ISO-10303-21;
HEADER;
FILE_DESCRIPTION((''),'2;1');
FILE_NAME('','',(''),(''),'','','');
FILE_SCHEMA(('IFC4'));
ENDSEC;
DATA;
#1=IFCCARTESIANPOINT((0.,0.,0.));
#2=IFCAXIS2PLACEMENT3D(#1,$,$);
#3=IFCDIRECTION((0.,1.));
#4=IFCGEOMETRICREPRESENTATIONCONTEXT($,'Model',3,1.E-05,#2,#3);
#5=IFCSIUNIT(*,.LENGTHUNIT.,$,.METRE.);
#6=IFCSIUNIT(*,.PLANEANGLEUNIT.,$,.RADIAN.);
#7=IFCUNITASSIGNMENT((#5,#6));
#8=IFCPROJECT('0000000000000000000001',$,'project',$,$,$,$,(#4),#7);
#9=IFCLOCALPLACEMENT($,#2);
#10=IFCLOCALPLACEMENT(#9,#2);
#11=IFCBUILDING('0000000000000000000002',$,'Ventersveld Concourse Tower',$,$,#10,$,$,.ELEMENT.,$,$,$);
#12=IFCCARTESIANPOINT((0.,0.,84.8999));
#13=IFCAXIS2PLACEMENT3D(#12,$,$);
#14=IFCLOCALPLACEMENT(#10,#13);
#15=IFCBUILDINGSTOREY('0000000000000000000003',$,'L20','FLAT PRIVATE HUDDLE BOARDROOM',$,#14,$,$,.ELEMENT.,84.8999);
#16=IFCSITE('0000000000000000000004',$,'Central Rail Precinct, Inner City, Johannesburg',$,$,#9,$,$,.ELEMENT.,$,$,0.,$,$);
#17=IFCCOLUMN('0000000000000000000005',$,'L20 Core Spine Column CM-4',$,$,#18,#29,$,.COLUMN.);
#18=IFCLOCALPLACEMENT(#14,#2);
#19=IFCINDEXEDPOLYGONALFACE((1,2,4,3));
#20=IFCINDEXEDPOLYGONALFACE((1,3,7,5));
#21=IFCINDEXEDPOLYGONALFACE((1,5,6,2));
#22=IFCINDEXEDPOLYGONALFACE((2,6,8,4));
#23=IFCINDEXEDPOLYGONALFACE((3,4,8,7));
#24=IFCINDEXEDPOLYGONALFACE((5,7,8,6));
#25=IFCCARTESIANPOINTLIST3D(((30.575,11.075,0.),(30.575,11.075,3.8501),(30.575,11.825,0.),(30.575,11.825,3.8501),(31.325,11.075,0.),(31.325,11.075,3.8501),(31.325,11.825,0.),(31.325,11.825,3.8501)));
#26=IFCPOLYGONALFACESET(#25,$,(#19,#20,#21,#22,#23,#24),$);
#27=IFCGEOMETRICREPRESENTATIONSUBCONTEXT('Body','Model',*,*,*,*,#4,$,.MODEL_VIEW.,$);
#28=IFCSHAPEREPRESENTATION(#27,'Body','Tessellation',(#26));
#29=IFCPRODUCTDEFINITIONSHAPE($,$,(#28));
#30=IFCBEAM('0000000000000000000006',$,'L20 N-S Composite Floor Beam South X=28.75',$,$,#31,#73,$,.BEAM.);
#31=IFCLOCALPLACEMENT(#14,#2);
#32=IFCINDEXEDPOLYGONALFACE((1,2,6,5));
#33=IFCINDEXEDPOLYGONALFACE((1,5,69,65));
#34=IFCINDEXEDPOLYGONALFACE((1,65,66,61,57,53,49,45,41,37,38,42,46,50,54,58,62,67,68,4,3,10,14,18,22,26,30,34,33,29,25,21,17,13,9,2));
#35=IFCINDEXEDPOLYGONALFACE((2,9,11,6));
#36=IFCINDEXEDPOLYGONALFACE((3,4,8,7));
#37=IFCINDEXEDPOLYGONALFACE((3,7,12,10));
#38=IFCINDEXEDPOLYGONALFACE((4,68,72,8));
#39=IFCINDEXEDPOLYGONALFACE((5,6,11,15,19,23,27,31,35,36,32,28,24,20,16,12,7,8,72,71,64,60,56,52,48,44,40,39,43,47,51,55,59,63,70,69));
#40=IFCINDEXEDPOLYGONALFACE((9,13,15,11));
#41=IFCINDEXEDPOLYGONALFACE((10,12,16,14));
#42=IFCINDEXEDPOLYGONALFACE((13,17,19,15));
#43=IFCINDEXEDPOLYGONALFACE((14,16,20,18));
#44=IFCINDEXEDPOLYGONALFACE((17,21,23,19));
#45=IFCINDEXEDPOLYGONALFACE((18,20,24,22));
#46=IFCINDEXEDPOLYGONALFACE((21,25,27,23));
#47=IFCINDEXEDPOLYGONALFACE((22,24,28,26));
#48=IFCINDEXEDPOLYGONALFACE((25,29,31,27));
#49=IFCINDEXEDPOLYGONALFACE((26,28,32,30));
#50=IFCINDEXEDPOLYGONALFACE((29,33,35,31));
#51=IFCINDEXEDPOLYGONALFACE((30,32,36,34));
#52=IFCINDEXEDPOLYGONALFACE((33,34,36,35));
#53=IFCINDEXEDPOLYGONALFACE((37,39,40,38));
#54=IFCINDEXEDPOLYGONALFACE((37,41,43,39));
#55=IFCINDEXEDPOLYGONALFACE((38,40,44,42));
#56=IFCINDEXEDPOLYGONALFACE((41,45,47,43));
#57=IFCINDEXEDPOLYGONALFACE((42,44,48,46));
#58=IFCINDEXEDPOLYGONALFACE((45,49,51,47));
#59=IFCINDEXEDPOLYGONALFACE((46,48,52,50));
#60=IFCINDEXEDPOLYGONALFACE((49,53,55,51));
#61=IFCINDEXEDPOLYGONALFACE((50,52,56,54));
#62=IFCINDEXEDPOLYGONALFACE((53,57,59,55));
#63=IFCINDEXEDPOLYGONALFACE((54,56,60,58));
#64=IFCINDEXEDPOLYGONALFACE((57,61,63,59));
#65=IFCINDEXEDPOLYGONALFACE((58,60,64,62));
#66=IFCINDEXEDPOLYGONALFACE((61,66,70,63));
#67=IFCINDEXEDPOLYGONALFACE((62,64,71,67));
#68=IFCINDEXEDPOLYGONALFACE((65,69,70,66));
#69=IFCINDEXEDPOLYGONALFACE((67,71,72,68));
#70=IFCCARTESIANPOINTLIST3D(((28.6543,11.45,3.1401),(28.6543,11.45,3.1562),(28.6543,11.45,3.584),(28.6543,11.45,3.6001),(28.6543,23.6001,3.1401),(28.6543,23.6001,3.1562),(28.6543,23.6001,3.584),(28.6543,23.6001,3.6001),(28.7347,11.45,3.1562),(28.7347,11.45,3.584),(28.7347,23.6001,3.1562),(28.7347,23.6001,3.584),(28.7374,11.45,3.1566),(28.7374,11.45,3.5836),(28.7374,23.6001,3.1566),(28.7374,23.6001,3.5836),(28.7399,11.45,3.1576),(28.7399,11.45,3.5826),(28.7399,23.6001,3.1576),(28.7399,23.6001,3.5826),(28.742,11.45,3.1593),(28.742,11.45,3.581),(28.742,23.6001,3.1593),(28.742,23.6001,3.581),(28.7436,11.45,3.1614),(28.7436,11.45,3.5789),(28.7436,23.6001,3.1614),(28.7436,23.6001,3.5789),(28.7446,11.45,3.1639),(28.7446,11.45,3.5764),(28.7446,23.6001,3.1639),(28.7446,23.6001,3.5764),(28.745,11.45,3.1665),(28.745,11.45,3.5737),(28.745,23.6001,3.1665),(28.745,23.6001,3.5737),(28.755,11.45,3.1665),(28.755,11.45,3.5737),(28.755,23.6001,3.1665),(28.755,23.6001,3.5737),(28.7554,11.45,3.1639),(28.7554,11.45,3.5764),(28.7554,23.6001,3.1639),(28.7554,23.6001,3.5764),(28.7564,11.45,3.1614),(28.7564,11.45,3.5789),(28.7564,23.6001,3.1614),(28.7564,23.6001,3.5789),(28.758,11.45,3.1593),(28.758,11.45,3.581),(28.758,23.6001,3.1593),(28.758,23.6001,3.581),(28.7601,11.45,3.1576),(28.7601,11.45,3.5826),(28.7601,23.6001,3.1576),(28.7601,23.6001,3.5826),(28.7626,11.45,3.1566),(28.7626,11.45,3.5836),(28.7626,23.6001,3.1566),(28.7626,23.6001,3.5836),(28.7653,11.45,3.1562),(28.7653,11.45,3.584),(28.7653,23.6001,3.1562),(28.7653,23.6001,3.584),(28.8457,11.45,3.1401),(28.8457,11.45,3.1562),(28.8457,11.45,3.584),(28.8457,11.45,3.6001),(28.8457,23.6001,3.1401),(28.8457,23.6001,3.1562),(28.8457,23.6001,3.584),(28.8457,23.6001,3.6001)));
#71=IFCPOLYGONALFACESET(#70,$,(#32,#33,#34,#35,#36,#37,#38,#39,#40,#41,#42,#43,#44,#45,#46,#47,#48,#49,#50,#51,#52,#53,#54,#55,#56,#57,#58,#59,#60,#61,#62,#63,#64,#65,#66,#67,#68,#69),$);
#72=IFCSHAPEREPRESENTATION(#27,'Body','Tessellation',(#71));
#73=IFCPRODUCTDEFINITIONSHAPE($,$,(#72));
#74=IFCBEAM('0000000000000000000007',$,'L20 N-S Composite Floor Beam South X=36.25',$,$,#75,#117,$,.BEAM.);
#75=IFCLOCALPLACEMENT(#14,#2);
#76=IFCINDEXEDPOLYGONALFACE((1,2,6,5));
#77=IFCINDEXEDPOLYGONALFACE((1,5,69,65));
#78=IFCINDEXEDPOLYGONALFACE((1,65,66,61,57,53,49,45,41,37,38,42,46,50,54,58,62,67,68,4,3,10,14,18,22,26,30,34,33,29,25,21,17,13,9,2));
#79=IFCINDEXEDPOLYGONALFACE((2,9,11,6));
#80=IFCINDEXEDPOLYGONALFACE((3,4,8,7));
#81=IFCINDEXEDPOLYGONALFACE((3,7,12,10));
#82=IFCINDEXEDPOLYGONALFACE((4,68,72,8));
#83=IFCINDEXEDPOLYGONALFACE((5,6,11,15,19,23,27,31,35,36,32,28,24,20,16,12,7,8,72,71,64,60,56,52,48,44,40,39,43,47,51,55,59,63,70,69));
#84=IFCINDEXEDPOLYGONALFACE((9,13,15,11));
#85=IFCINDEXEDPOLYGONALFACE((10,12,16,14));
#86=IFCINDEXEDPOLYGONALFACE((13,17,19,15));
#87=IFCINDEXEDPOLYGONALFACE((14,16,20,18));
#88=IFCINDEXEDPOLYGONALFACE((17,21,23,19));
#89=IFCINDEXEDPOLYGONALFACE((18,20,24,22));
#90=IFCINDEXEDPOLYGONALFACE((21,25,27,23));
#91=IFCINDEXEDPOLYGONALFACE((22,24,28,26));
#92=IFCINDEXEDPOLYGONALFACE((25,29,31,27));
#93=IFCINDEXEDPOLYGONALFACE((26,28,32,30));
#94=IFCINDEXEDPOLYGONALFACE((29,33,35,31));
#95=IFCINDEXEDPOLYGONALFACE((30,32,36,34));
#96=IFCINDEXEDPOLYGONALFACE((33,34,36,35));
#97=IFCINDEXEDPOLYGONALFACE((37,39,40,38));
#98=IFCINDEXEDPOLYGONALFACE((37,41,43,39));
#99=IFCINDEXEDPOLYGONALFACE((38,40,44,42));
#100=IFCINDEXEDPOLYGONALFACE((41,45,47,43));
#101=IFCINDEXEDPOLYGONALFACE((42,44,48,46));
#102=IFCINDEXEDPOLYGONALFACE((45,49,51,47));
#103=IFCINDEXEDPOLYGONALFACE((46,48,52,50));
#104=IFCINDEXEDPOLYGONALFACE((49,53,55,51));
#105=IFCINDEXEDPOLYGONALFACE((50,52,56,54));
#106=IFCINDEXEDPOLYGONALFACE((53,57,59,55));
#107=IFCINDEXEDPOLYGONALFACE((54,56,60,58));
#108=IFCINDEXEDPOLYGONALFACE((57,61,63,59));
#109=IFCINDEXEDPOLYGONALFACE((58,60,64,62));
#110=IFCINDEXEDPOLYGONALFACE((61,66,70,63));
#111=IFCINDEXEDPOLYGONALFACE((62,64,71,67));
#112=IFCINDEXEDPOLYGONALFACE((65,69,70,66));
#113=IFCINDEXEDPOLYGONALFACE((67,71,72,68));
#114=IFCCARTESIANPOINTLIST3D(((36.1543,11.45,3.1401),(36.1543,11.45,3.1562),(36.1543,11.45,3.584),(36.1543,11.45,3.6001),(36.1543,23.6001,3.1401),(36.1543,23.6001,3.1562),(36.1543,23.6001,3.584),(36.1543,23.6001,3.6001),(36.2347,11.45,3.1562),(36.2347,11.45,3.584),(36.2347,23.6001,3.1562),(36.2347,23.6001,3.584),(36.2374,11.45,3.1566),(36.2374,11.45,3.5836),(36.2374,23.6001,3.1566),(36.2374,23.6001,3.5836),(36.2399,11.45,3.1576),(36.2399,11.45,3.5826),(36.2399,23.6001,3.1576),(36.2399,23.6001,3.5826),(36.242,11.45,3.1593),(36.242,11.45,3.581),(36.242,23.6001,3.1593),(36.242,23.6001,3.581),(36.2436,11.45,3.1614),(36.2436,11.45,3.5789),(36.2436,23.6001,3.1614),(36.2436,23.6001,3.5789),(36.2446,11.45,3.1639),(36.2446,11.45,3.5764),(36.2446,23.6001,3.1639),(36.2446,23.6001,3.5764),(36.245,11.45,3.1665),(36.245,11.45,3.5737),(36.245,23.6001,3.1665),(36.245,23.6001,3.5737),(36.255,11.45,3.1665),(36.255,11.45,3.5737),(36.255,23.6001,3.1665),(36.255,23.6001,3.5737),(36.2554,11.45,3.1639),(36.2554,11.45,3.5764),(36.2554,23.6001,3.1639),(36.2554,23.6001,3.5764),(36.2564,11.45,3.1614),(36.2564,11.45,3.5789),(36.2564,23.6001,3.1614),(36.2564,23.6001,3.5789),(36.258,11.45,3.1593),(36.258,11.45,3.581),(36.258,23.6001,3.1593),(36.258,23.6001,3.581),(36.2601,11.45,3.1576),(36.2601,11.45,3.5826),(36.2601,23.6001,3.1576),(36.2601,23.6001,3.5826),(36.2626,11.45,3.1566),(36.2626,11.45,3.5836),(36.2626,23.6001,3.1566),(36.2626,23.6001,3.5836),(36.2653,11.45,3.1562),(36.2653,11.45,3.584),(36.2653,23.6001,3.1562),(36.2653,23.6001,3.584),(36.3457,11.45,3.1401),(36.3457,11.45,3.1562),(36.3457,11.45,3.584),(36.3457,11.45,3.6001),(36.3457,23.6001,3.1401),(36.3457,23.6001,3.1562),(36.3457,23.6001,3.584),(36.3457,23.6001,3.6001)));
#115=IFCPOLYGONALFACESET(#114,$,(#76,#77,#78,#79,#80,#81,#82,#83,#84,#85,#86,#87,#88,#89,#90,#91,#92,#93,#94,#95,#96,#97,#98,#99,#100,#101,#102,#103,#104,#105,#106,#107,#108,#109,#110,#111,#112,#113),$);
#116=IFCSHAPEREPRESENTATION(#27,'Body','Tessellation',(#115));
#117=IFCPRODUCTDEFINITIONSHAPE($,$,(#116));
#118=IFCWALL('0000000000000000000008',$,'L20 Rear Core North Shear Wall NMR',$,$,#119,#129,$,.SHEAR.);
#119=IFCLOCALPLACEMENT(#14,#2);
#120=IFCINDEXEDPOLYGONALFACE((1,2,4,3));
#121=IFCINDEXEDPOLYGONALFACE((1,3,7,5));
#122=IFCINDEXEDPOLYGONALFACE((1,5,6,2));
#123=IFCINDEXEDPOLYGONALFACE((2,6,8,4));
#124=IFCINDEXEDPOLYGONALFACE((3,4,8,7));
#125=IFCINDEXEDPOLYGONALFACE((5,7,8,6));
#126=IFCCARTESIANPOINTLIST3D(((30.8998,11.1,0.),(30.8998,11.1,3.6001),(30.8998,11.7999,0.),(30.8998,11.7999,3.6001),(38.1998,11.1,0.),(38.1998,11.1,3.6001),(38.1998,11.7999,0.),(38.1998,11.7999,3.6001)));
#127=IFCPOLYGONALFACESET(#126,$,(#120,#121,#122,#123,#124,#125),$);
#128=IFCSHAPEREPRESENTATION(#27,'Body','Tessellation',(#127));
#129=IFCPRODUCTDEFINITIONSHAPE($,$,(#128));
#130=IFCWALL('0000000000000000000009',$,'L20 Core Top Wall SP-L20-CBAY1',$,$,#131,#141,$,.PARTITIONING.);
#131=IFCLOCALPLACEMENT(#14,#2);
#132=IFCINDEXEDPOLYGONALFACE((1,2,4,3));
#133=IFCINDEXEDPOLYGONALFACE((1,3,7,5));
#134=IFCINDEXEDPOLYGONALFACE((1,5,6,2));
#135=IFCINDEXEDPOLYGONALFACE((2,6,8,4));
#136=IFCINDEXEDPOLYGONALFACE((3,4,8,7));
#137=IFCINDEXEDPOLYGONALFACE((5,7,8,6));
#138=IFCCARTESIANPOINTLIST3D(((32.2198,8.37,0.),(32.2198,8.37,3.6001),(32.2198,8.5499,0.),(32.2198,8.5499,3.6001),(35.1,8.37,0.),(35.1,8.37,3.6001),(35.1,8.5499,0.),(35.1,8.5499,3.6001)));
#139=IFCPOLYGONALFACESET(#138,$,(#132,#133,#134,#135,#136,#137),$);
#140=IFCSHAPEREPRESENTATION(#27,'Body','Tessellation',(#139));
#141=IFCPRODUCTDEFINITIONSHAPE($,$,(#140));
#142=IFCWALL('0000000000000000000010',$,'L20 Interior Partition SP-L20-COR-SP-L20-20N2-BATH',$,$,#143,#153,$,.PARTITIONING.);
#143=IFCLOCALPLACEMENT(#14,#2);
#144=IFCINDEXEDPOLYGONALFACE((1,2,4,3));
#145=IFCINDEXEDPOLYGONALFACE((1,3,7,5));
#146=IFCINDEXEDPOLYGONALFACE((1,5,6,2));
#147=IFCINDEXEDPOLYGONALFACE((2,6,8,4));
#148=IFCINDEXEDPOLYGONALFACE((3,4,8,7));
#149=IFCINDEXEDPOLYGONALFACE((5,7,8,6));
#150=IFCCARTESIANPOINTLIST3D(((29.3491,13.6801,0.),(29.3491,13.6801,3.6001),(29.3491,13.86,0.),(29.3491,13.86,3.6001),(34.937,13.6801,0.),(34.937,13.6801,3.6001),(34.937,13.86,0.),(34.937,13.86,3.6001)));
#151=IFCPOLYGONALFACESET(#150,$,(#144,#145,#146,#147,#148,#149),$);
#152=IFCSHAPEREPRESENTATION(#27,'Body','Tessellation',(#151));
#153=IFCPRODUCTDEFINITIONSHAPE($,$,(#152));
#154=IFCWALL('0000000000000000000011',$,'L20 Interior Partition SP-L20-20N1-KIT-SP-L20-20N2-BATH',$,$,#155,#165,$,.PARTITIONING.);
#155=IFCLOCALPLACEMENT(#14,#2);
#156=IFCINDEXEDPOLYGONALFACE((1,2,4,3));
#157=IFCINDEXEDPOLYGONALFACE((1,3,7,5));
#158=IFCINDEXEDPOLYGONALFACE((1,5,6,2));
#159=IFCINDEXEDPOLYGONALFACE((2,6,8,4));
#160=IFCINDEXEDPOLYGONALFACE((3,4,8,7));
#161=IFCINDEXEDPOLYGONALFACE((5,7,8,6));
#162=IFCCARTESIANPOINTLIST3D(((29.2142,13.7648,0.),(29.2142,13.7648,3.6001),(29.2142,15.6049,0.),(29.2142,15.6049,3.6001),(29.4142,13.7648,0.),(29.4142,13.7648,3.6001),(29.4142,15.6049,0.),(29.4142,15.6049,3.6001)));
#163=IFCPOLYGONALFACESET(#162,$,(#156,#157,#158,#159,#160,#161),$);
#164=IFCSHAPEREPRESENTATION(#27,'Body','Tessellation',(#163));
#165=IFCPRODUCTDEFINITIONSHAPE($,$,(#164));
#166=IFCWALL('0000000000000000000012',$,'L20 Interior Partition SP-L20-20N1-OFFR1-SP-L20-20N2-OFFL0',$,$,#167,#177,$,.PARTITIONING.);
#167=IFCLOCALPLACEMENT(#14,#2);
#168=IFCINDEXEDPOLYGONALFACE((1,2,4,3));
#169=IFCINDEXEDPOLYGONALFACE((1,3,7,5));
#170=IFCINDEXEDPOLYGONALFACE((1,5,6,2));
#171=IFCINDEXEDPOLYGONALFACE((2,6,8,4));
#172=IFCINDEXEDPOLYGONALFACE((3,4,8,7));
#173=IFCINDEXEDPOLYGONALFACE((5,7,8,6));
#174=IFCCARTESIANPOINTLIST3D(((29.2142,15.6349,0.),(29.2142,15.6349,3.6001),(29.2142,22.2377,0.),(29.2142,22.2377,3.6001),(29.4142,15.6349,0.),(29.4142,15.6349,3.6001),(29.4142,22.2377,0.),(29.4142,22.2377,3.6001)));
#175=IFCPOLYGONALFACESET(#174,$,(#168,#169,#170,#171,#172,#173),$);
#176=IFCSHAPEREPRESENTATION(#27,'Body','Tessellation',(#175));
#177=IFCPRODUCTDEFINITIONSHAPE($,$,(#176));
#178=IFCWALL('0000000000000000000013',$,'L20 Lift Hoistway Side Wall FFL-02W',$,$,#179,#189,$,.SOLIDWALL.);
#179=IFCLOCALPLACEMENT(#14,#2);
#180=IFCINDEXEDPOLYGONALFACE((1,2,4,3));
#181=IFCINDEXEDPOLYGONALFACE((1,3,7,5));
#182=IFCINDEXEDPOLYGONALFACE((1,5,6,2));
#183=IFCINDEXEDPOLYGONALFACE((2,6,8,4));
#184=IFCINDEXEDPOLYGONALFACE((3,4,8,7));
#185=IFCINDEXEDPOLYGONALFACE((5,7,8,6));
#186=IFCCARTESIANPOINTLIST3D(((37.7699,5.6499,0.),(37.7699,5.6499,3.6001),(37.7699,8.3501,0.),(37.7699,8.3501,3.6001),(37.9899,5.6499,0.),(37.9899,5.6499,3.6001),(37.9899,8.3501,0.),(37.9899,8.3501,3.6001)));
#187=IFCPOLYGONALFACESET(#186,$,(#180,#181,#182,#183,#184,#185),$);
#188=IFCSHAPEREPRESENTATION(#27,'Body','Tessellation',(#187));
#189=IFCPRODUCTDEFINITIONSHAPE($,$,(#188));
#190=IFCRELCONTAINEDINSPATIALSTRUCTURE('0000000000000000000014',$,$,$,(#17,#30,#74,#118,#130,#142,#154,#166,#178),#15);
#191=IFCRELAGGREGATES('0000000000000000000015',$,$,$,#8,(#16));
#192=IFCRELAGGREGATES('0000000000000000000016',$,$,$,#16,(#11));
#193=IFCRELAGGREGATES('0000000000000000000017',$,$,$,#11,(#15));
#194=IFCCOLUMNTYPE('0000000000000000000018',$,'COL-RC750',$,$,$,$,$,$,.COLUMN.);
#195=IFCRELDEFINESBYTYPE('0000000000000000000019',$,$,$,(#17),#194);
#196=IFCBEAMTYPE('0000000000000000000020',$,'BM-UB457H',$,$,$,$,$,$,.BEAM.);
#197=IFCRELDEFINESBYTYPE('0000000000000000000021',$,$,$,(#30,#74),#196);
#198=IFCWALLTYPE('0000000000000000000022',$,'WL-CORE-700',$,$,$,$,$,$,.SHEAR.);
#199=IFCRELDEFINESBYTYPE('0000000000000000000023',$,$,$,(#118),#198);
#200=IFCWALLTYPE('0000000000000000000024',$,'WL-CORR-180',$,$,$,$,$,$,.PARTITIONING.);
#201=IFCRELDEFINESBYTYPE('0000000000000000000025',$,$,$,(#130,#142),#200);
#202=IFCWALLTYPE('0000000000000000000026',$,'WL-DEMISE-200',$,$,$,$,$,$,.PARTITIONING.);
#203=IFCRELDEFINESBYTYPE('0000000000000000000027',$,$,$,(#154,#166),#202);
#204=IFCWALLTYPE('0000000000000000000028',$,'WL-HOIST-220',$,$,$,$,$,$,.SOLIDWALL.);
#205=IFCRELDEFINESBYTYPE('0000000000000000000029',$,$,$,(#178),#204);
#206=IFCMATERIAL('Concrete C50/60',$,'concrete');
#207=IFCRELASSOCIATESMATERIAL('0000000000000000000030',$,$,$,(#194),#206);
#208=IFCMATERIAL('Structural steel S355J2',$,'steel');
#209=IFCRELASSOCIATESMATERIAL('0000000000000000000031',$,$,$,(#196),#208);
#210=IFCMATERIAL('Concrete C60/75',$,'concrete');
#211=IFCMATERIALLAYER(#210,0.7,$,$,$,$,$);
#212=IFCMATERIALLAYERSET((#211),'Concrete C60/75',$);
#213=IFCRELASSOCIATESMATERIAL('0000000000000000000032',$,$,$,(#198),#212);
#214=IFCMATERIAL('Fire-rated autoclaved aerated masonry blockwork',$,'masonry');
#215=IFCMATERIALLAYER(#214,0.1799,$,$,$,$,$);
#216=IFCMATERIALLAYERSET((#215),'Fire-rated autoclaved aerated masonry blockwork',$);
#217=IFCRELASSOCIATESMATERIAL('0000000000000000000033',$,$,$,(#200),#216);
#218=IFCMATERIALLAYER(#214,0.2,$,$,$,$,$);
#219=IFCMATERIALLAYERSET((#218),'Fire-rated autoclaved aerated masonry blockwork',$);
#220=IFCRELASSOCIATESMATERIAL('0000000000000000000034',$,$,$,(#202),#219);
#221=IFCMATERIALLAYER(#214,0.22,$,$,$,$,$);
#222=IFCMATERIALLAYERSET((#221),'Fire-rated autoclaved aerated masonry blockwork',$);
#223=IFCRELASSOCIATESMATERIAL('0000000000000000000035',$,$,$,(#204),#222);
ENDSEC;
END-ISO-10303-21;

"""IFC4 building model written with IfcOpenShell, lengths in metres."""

from ifc_helpers import new_model, si_unit, direction, frame, frame_2d, origin, origin_2d, place, context, subcontext, project, spatial, rectangle, i_section, extrude, material, layer, layer_set, material_profile, profile_set, type_object, element, save


model = new_model("IFC4")

# Units and contexts
model_context = context("Model", 3, precision=1e-05, world=origin(), true_north=direction((0.0, 1.0)))
body_context = subcontext(model_context, "Body", "Model", "MODEL_VIEW")
ifc_project = project(units=[si_unit("LENGTHUNIT", "METRE"), si_unit("PLANEANGLEUNIT", "RADIAN")], contexts=[model_context])

# Site, building, storey
site_placement = place(None, origin())
site = spatial("IfcSite", under=ifc_project, at=site_placement, Name="Central Rail Precinct, Inner City, Johannesburg", CompositionType="ELEMENT", RefElevation=0.0)
building_placement = place(site_placement, origin())
building = spatial("IfcBuilding", under=site, at=building_placement, Name="Ventersveld Concourse Tower", CompositionType="ELEMENT")
storey_placement = place(building_placement, frame((0.0, 0.0, 84.8999)))
storey = spatial("IfcBuildingStorey", under=building, at=storey_placement, Name="L20", Description="FLAT PRIVATE HUDDLE BOARDROOM", CompositionType="ELEMENT", Elevation=84.8999)

# Column
ifc_material_1 = material(Name="Concrete C50/60", Category="concrete")
ifc_material_profile_1 = material_profile(ifc_material_1, rectangle(XDim=0.75, YDim=0.75, at=origin_2d()), Name="RC 750x750")
ifc_profile_set_1 = profile_set([ifc_material_profile_1], Name="Concrete C50/60")
column_type = type_object("IfcColumnType", Name="COL-RC750", PredefinedType="COLUMN", material=ifc_profile_set_1)
column_placement = place(storey_placement, frame((30.95, 11.45, 0.0), z_axis=(0.0, 0.0, 1.0), x_axis=(1.0, 0.0, 0.0)))
element("IfcColumn", 1, at=column_placement, inside=storey, type_object=column_type, Name="L20 Core Spine Column CM-4", PredefinedType="COLUMN", context=body_context, shape_type="SweptSolid", body=[
    extrude(rectangle(XDim=0.75, YDim=0.75, at=origin_2d()), origin(), (0.0, 0.0, 1.0), 3.8501),
])

# Beams
ifc_material_2 = material(Name="Structural steel S355J2", Category="steel")
ifc_material_profile_2 = material_profile(ifc_material_2, i_section(OverallWidth=0.1914, OverallDepth=0.46, WebThickness=0.01, FlangeThickness=0.0161, FilletRadius=0.0103, at=origin_2d()), Name="UB 457x191x82")
ifc_profile_set_2 = profile_set([ifc_material_profile_2], Name="Structural steel S355J2")
beam_type = type_object("IfcBeamType", Name="BM-UB457H", PredefinedType="BEAM", material=ifc_profile_set_2)
for number, where, z_axis, x_axis, name in (
    (2, (28.75, 11.45, 3.3701), (0.0, 1.0, 0.0), (-1.0, 0.0, 0.0), "L20 N-S Composite Floor Beam South X=28.75"),
    (3, (36.25, 11.45, 3.3701), (0.0, 1.0, 0.0), (-1.0, 0.0, 0.0), "L20 N-S Composite Floor Beam South X=36.25"),
):
    element("IfcBeam", number, at=place(storey_placement, frame(where, z_axis=z_axis, x_axis=x_axis)), inside=storey, type_object=beam_type, Name=name, PredefinedType="BEAM", context=body_context, shape_type="SweptSolid", body=[
        extrude(i_section(OverallWidth=0.1914, OverallDepth=0.46, WebThickness=0.01, FlangeThickness=0.0161, FilletRadius=0.0103, at=origin_2d()), origin(), (0.0, 0.0, 1.0), 12.1501),
    ])

# Wall
ifc_material_3 = material(Name="Concrete C60/75", Category="concrete")
ifc_layer_1 = layer(ifc_material_3, 0.7)
ifc_layer_set_1 = layer_set([ifc_layer_1], Name="Concrete C60/75")
wall_type_1 = type_object("IfcWallType", Name="WL-CORE-700", PredefinedType="SHEAR", material=ifc_layer_set_1)
wall_1_placement = place(storey_placement, frame((30.8999, 11.45, 0.0), z_axis=(0.0, 0.0, 1.0), x_axis=(1.0, 0.0, 0.0)))
element("IfcWall", 4, at=wall_1_placement, inside=storey, type_object=wall_type_1, Name="L20 Rear Core North Shear Wall NMR", PredefinedType="SHEAR", context=body_context, shape_type="SweptSolid", body=[
    extrude(rectangle(XDim=7.3, YDim=0.7, at=frame_2d((3.6499, 0.0))), origin(), (0.0, 0.0, 1.0), 3.6001),
])

# Shared definitions
ifc_material_4 = material(Name="Fire-rated autoclaved aerated masonry blockwork", Category="masonry")
ifc_layer_2 = layer(ifc_material_4, 0.1799)
ifc_layer_set_2 = layer_set([ifc_layer_2], Name="Fire-rated autoclaved aerated masonry blockwork")
wall_type_2 = type_object("IfcWallType", Name="WL-CORR-180", PredefinedType="PARTITIONING", material=ifc_layer_set_2)

# Wall
wall_2_placement = place(storey_placement, frame((32.22, 8.46, 0.0), z_axis=(0.0, 0.0, 1.0), x_axis=(1.0, 0.0, 0.0)))
element("IfcWall", 5, at=wall_2_placement, inside=storey, type_object=wall_type_2, Name="L20 Core Top Wall SP-L20-CBAY1", PredefinedType="PARTITIONING", context=body_context, shape_type="SweptSolid", body=[
    extrude(rectangle(XDim=2.8801, YDim=0.1799, at=frame_2d((1.4399, 0.0))), origin(), (0.0, 0.0, 1.0), 3.6001),
])

# Walls
wall_3_placement = place(storey_placement, frame((29.3491, 13.77, 0.0), z_axis=(0.0, 0.0, 1.0), x_axis=(1.0, 0.0, 0.0)))
element("IfcWall", 6, at=wall_3_placement, inside=storey, type_object=wall_type_2, Name="L20 Interior Partition SP-L20-COR-SP-L20-20N2-BATH", PredefinedType="PARTITIONING", context=body_context, shape_type="SweptSolid", body=[
    extrude(rectangle(XDim=5.5879, YDim=0.1799, at=frame_2d((2.7939, 0.0))), origin(), (0.0, 0.0, 1.0), 3.6001),
])
ifc_layer_3 = layer(ifc_material_4, 0.2)
ifc_layer_set_3 = layer_set([ifc_layer_3], Name="Fire-rated autoclaved aerated masonry blockwork")
wall_type_3 = type_object("IfcWallType", Name="WL-DEMISE-200", PredefinedType="PARTITIONING", material=ifc_layer_set_3)
wall_4_placement = place(storey_placement, frame((29.3142, 13.7649, 0.0), z_axis=(0.0, 0.0, 1.0), x_axis=(0.0, 1.0, 0.0)))
element("IfcWall", 7, at=wall_4_placement, inside=storey, type_object=wall_type_3, Name="L20 Interior Partition SP-L20-20N1-KIT-SP-L20-20N2-BATH", PredefinedType="PARTITIONING", context=body_context, shape_type="SweptSolid", body=[
    extrude(rectangle(XDim=1.8401, YDim=0.2, at=frame_2d((0.9199, 0.0))), origin(), (0.0, 0.0, 1.0), 3.6001),
])
wall_5_placement = place(storey_placement, frame((29.3142, 15.635, 0.0), z_axis=(0.0, 0.0, 1.0), x_axis=(0.0, 1.0, 0.0)))
element("IfcWall", 8, at=wall_5_placement, inside=storey, type_object=wall_type_3, Name="L20 Interior Partition SP-L20-20N1-OFFR1-SP-L20-20N2-OFFL0", PredefinedType="PARTITIONING", context=body_context, shape_type="SweptSolid", body=[
    extrude(rectangle(XDim=6.6028, YDim=0.2, at=frame_2d((3.3013, 0.0))), origin(), (0.0, 0.0, 1.0), 3.6001),
])
ifc_layer_4 = layer(ifc_material_4, 0.22)
ifc_layer_set_4 = layer_set([ifc_layer_4], Name="Fire-rated autoclaved aerated masonry blockwork")
wall_type_4 = type_object("IfcWallType", Name="WL-HOIST-220", PredefinedType="SOLIDWALL", material=ifc_layer_set_4)
wall_6_placement = place(storey_placement, frame((37.8799, 5.6499, 0.0), z_axis=(0.0, 0.0, 1.0), x_axis=(0.0, 1.0, 0.0)))
element("IfcWall", 9, at=wall_6_placement, inside=storey, type_object=wall_type_4, Name="L20 Lift Hoistway Side Wall FFL-02W", PredefinedType="SOLIDWALL", context=body_context, shape_type="SweptSolid", body=[
    extrude(rectangle(XDim=2.7002, YDim=0.22, at=frame_2d((1.3501, 0.0))), origin(), (0.0, 0.0, 1.0), 3.6001),
])

save(model, "model.ifc")
